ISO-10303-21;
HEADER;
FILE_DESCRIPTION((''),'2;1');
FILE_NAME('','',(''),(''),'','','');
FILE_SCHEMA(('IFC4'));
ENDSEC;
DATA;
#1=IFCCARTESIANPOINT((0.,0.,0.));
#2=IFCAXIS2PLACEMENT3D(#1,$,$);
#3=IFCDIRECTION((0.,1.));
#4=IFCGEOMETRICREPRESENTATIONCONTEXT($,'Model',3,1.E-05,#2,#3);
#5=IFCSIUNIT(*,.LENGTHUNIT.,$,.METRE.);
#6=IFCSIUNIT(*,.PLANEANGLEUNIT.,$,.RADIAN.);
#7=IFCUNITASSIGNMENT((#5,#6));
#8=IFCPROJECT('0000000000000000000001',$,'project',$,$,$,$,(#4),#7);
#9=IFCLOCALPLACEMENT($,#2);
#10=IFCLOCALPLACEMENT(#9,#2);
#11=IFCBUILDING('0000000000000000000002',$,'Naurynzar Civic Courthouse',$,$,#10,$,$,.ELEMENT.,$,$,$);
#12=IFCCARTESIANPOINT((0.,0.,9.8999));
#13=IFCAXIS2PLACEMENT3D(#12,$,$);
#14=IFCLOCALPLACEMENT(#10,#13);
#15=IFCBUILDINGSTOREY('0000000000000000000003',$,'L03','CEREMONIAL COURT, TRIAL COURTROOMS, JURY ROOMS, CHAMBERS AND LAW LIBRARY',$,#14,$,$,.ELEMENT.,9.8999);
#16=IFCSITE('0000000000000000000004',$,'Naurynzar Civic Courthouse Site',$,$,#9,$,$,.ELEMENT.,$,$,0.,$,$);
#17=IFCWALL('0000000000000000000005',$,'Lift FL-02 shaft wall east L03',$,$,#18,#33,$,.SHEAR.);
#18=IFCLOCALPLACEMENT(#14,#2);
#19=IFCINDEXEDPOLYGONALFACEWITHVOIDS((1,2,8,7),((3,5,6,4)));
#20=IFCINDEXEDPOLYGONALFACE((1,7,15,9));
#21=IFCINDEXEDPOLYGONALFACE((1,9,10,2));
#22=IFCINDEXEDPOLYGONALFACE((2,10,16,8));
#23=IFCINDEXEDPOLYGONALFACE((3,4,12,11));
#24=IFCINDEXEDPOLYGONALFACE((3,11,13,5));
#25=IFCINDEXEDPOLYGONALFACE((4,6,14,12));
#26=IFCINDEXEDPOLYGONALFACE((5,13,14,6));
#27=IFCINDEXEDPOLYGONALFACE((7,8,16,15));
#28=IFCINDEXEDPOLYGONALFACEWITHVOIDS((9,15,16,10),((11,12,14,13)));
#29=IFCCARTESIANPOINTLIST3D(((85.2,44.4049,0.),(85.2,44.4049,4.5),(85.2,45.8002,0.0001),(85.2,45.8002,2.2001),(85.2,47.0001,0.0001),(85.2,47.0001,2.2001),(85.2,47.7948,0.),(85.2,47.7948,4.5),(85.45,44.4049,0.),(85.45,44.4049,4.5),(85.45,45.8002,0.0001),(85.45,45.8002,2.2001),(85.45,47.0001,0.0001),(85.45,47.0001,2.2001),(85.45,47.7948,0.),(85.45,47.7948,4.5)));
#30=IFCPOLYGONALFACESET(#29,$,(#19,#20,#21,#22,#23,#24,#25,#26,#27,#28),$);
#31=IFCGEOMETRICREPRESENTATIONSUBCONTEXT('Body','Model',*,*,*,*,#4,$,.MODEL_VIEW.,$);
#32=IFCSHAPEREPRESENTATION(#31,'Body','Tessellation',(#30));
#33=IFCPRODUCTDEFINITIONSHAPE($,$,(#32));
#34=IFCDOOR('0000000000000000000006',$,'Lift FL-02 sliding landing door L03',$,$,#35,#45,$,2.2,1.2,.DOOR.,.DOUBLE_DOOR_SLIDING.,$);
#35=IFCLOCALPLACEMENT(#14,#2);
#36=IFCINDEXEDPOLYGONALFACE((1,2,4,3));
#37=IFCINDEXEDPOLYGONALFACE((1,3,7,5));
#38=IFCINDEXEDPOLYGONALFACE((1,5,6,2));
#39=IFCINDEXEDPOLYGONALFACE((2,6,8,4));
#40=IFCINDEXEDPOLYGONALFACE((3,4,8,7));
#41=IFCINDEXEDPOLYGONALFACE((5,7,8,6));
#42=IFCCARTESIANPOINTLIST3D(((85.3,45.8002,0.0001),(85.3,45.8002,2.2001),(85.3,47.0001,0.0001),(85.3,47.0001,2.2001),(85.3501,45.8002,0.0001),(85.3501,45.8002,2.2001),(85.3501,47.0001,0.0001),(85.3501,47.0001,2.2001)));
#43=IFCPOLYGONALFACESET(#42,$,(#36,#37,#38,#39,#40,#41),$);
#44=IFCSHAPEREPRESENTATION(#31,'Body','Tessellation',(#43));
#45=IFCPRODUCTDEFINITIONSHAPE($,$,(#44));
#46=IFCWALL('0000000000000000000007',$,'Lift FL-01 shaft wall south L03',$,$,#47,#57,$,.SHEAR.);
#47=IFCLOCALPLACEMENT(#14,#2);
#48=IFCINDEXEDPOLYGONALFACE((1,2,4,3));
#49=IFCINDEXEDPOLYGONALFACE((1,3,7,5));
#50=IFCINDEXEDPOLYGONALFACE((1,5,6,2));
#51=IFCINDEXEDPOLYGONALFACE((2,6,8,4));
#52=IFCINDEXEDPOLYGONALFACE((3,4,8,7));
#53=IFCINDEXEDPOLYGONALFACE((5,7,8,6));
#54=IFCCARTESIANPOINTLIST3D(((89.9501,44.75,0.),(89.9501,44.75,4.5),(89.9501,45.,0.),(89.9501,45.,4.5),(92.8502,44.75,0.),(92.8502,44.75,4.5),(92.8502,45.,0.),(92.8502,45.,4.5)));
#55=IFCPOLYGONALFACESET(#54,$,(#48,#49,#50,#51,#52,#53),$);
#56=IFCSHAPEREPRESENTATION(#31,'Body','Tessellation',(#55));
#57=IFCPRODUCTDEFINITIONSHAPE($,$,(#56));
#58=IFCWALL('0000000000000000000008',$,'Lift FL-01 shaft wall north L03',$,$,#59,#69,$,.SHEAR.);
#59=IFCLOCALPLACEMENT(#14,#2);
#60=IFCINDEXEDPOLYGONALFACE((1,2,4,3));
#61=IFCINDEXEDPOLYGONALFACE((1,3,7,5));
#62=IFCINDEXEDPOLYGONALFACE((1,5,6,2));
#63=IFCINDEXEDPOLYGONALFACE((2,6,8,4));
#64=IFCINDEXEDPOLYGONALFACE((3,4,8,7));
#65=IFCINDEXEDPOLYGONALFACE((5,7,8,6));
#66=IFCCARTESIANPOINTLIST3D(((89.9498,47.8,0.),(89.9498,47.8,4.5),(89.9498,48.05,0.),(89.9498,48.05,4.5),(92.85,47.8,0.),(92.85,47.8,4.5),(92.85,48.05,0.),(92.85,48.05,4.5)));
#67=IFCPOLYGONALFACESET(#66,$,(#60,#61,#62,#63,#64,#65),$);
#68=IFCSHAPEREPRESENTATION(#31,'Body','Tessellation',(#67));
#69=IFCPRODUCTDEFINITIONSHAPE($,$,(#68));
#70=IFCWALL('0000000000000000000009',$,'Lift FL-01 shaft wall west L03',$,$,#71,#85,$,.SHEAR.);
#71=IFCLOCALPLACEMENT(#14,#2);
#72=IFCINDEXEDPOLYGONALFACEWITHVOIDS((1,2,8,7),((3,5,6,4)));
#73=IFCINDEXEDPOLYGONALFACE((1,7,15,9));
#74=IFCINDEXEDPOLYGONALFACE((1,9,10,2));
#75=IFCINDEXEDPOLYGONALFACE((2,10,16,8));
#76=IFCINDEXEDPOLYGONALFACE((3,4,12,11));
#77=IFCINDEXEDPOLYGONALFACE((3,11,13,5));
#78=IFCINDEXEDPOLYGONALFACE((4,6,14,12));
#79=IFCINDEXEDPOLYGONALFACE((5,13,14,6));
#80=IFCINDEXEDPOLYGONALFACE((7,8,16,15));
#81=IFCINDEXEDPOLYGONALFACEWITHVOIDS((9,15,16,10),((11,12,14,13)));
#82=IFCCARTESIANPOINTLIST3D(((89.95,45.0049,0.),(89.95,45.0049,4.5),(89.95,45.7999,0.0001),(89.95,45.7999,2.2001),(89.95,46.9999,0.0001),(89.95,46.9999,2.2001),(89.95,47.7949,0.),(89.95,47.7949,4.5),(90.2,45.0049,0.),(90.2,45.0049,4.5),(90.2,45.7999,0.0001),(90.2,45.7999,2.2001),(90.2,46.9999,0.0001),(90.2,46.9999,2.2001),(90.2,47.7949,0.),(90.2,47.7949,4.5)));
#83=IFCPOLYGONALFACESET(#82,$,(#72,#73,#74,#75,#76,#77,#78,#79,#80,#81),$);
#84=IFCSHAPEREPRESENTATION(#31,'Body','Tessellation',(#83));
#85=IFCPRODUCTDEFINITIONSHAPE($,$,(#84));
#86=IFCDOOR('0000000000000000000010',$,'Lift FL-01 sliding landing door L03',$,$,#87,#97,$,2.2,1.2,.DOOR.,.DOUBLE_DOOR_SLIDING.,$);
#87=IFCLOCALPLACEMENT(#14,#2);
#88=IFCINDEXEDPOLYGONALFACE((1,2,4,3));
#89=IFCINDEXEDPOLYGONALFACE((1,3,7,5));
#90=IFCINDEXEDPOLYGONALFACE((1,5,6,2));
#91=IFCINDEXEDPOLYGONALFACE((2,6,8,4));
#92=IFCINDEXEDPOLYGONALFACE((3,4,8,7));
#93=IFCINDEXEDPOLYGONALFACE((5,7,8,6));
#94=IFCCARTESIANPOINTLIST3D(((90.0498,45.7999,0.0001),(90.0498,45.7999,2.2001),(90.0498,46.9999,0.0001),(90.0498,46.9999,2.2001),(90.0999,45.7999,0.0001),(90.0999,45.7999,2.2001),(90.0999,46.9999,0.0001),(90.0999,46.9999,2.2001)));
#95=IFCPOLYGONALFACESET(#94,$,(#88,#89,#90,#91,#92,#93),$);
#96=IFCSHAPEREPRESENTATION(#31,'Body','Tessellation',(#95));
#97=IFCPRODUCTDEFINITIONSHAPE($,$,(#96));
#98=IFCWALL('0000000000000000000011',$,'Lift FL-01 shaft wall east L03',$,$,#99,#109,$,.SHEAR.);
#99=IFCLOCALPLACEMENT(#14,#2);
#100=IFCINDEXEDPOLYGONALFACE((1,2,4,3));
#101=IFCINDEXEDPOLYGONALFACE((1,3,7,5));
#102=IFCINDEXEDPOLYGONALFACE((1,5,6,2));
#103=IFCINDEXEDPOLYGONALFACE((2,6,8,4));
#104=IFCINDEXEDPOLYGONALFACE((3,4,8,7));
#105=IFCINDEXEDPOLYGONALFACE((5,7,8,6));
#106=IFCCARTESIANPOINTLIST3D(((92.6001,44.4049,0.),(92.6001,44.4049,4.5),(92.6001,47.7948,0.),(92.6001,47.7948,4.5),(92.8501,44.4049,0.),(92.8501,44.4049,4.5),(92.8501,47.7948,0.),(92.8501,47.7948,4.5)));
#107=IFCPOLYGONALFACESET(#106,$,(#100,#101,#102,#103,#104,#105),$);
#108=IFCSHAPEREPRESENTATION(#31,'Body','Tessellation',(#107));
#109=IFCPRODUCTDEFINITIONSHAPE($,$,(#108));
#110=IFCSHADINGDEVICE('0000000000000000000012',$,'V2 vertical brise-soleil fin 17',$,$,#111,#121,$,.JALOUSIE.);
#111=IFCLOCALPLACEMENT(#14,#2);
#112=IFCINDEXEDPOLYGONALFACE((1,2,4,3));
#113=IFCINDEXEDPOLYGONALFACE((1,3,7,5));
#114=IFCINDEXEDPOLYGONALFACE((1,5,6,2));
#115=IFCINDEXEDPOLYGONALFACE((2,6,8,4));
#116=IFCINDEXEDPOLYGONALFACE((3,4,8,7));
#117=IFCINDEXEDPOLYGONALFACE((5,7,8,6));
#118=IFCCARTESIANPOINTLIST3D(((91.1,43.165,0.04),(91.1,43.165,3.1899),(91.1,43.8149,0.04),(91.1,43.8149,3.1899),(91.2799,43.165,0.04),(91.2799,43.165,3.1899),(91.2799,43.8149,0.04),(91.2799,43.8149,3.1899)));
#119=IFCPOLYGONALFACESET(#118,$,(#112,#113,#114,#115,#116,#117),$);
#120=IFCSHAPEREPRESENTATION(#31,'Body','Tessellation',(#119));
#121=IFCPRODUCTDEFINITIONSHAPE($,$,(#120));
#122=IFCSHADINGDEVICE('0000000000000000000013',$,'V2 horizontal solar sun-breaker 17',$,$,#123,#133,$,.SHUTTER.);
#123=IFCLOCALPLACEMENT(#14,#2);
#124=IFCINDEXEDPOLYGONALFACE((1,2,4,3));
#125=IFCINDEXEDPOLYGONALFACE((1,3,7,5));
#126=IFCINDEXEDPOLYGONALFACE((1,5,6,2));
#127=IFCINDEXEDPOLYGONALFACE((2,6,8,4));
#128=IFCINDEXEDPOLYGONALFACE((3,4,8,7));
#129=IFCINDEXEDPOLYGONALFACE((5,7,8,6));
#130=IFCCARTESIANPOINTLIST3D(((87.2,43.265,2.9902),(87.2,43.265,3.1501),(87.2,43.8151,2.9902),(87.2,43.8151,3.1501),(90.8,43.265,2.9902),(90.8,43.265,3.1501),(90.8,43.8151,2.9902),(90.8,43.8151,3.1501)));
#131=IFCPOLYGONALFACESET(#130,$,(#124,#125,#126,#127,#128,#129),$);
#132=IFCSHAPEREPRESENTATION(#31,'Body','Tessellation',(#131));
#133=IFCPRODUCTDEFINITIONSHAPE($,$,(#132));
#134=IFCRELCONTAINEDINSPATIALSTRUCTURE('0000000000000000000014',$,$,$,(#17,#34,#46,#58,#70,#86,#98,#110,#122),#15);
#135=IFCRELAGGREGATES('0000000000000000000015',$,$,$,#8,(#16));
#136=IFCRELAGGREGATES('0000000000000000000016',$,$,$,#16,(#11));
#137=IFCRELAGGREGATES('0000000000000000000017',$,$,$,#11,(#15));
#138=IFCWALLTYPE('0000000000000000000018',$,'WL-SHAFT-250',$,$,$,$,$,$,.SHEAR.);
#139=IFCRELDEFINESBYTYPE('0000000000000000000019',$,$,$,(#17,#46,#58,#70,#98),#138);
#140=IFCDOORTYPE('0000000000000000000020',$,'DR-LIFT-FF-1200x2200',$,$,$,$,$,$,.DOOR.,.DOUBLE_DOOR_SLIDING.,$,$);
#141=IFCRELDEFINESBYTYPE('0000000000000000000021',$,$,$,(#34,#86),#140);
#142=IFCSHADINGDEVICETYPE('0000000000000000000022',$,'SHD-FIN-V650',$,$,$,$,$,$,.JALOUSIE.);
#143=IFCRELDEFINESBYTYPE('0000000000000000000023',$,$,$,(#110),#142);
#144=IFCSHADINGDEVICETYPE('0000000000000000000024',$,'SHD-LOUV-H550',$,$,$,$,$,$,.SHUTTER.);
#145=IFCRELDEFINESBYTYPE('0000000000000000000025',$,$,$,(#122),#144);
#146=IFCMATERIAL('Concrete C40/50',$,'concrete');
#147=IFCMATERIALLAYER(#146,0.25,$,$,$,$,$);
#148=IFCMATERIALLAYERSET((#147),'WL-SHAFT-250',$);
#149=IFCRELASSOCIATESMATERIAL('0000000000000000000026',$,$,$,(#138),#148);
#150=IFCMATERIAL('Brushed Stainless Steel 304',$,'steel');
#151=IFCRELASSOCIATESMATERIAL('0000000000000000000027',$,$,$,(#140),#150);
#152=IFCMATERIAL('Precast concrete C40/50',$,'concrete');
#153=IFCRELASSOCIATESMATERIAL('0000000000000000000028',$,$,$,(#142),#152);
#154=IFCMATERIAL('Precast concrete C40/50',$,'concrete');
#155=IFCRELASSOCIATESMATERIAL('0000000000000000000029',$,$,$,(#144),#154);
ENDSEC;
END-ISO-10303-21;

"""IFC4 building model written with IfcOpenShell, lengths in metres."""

from ifc_helpers import new_model, si_unit, direction, frame, frame_2d, origin, origin_2d, place, context, subcontext, project, spatial, rectangle, extrude, material, layer, layer_set, type_object, element, fill, save


model = new_model("IFC4")

# Units and contexts
model_context = context("Model", 3, precision=1e-05, world=origin(), true_north=direction((0.0, 1.0)))
body_context = subcontext(model_context, "Body", "Model", "MODEL_VIEW")
ifc_project = project(units=[si_unit("LENGTHUNIT", "METRE"), si_unit("PLANEANGLEUNIT", "RADIAN")], contexts=[model_context])

# Site, building, storey
site_placement = place(None, origin())
site = spatial("IfcSite", under=ifc_project, at=site_placement, Name="Naurynzar Civic Courthouse Site", CompositionType="ELEMENT", RefElevation=0.0)
building_placement = place(site_placement, origin())
building = spatial("IfcBuilding", under=site, at=building_placement, Name="Naurynzar Civic Courthouse", CompositionType="ELEMENT")
storey_placement = place(building_placement, frame((0.0, 0.0, 9.8999)))
storey = spatial("IfcBuildingStorey", under=building, at=storey_placement, Name="L03", Description="CEREMONIAL COURT, TRIAL COURTROOMS, JURY ROOMS, CHAMBERS AND LAW LIBRARY", CompositionType="ELEMENT", Elevation=9.8999)

# Shared definitions
ifc_material_1 = material(Name="Concrete C40/50", Category="concrete")
ifc_layer_1 = layer(ifc_material_1, 0.25)
ifc_layer_set_1 = layer_set([ifc_layer_1], Name="WL-SHAFT-250")
wall_type_1 = type_object("IfcWallType", Name="WL-SHAFT-250", PredefinedType="SHEAR", material=ifc_layer_set_1)

# Wall, opening, door
wall_1_placement = place(storey_placement, frame((85.325, 44.405, 0.0), z_axis=(0.0, 0.0, 1.0), x_axis=(0.0, 1.0, 0.0)))
wall_1 = element("IfcWall", 1, at=wall_1_placement, inside=storey, type_object=wall_type_1, Name="Lift FL-02 shaft wall east L03", PredefinedType="SHEAR", context=body_context, shape_type="SweptSolid", body=[
    extrude(rectangle(XDim=3.3899, YDim=0.25, at=frame_2d((1.6948, 0.0))), origin(), (0.0, 0.0, 1.0), 4.5),
])
opening_1_placement = place(wall_1_placement, frame((1.395, 0.0, 0.0)))
opening_1 = element("IfcOpeningElement", 2, at=opening_1_placement, cuts=wall_1, PredefinedType="OPENING", context=body_context, shape_type="SweptSolid", body=[
    extrude(rectangle(XDim=1.2, YDim=2.2, at=frame_2d((0.6001, 1.1001))), frame((0.0, 0.135, 0.0), z_axis=(0.0, -1.0, 0.0), x_axis=(1.0, 0.0, 0.0)), (0.0, 0.0, 1.0), 0.27),
])
ifc_material_2 = material(Name="Brushed Stainless Steel 304", Category="steel")
door_type = type_object("IfcDoorType", Name="DR-LIFT-FF-1200x2200", OperationType="DOUBLE_DOOR_SLIDING", PredefinedType="DOOR", material=ifc_material_2)
door_1_placement = place(opening_1_placement, origin())
door_1 = element("IfcDoor", 3, at=door_1_placement, inside=storey, type_object=door_type, Name="Lift FL-02 sliding landing door L03", OperationType="DOUBLE_DOOR_SLIDING", OverallHeight=2.2, OverallWidth=1.2, PredefinedType="DOOR", context=body_context, shape_type="SweptSolid", body=[
    extrude(rectangle(XDim=1.2, YDim=2.2, at=frame_2d((0.6001, 1.1001))), frame((0.0, 0.0249, 0.0), z_axis=(0.0, -1.0, 0.0), x_axis=(1.0, 0.0, 0.0)), (0.0, 0.0, 1.0), 0.05),
])
fill(opening_1, door_1)

# Walls
for number, where, z_axis, x_axis, name in (
    (4, (89.95, 44.875, 0.0), (0.0, 0.0, 1.0), (1.0, 0.0, 0.0), "Lift FL-01 shaft wall south L03"),
    (5, (92.8501, 47.925, 0.0), (0.0, 0.0, 1.0), (-1.0, 0.0, 0.0), "Lift FL-01 shaft wall north L03"),
):
    element("IfcWall", number, at=place(storey_placement, frame(where, z_axis=z_axis, x_axis=x_axis)), inside=storey, type_object=wall_type_1, Name=name, PredefinedType="SHEAR", context=body_context, shape_type="SweptSolid", body=[
        extrude(rectangle(XDim=2.9001, YDim=0.25, at=frame_2d((1.4502, 0.0))), origin(), (0.0, 0.0, 1.0), 4.5),
    ])

# Wall, opening, door
wall_2_placement = place(storey_placement, frame((90.075, 47.7949, 0.0), z_axis=(0.0, 0.0, 1.0), x_axis=(0.0, -1.0, 0.0)))
wall_2 = element("IfcWall", 6, at=wall_2_placement, inside=storey, type_object=wall_type_1, Name="Lift FL-01 shaft wall west L03", PredefinedType="SHEAR", context=body_context, shape_type="SweptSolid", body=[
    extrude(rectangle(XDim=2.79, YDim=0.25, at=frame_2d((1.395, 0.0))), origin(), (0.0, 0.0, 1.0), 4.5),
])
opening_2_placement = place(wall_2_placement, frame((0.7949, 0.0, 0.0)))
opening_2 = element("IfcOpeningElement", 7, at=opening_2_placement, cuts=wall_2, PredefinedType="OPENING", context=body_context, shape_type="SweptSolid", body=[
    extrude(rectangle(XDim=1.2, YDim=2.2, at=frame_2d((0.6001, 1.1001))), frame((0.0, 0.135, 0.0), z_axis=(0.0, -1.0, 0.0), x_axis=(1.0, 0.0, 0.0)), (0.0, 0.0, 1.0), 0.27),
])
door_2_placement = place(opening_2_placement, origin())
door_2 = element("IfcDoor", 8, at=door_2_placement, inside=storey, type_object=door_type, Name="Lift FL-01 sliding landing door L03", OperationType="DOUBLE_DOOR_SLIDING", OverallHeight=2.2, OverallWidth=1.2, PredefinedType="DOOR", context=body_context, shape_type="SweptSolid", body=[
    extrude(rectangle(XDim=1.2, YDim=2.2, at=frame_2d((0.6001, 1.1001))), frame((0.0, 0.0249, 0.0), z_axis=(0.0, -1.0, 0.0), x_axis=(1.0, 0.0, 0.0)), (0.0, 0.0, 1.0), 0.05),
])
fill(opening_2, door_2)

# Wall
wall_3_placement = place(storey_placement, frame((92.7251, 44.405, 0.0), z_axis=(0.0, 0.0, 1.0), x_axis=(0.0, 1.0, 0.0)))
element("IfcWall", 9, at=wall_3_placement, inside=storey, type_object=wall_type_1, Name="Lift FL-01 shaft wall east L03", PredefinedType="SHEAR", context=body_context, shape_type="SweptSolid", body=[
    extrude(rectangle(XDim=3.3899, YDim=0.25, at=frame_2d((1.6948, 0.0))), origin(), (0.0, 0.0, 1.0), 4.5),
])

# Shading devices
ifc_material_3 = material(Name="Precast concrete C40/50", Category="concrete")
shading_device_type_1 = type_object("IfcShadingDeviceType", Name="SHD-FIN-V650", PredefinedType="JALOUSIE", material=ifc_material_3)
shading_device_1_placement = place(storey_placement, frame((91.1899, 43.49, 0.04), z_axis=(0.0, 0.0, 1.0), x_axis=(-1.0, 0.0, 0.0)))
element("IfcShadingDevice", 10, at=shading_device_1_placement, inside=storey, type_object=shading_device_type_1, Name="V2 vertical brise-soleil fin 17", PredefinedType="JALOUSIE", context=body_context, shape_type="SweptSolid", body=[
    extrude(rectangle(XDim=0.1799, YDim=0.6499, at=origin_2d()), origin(), (0.0, 0.0, 1.0), 3.1499),
])
ifc_material_4 = material(Name="Precast concrete C40/50", Category="concrete")
shading_device_type_2 = type_object("IfcShadingDeviceType", Name="SHD-LOUV-H550", PredefinedType="SHUTTER", material=ifc_material_4)
shading_device_2_placement = place(storey_placement, frame((89.0, 43.54, 2.9902), z_axis=(0.0, 0.0, 1.0), x_axis=(-1.0, 0.0, 0.0)))
element("IfcShadingDevice", 11, at=shading_device_2_placement, inside=storey, type_object=shading_device_type_2, Name="V2 horizontal solar sun-breaker 17", PredefinedType="SHUTTER", context=body_context, shape_type="SweptSolid", body=[
    extrude(rectangle(XDim=3.6001, YDim=0.55, at=origin_2d()), origin(), (0.0, 0.0, 1.0), 0.1599),
])

save(model, "model.ifc")
